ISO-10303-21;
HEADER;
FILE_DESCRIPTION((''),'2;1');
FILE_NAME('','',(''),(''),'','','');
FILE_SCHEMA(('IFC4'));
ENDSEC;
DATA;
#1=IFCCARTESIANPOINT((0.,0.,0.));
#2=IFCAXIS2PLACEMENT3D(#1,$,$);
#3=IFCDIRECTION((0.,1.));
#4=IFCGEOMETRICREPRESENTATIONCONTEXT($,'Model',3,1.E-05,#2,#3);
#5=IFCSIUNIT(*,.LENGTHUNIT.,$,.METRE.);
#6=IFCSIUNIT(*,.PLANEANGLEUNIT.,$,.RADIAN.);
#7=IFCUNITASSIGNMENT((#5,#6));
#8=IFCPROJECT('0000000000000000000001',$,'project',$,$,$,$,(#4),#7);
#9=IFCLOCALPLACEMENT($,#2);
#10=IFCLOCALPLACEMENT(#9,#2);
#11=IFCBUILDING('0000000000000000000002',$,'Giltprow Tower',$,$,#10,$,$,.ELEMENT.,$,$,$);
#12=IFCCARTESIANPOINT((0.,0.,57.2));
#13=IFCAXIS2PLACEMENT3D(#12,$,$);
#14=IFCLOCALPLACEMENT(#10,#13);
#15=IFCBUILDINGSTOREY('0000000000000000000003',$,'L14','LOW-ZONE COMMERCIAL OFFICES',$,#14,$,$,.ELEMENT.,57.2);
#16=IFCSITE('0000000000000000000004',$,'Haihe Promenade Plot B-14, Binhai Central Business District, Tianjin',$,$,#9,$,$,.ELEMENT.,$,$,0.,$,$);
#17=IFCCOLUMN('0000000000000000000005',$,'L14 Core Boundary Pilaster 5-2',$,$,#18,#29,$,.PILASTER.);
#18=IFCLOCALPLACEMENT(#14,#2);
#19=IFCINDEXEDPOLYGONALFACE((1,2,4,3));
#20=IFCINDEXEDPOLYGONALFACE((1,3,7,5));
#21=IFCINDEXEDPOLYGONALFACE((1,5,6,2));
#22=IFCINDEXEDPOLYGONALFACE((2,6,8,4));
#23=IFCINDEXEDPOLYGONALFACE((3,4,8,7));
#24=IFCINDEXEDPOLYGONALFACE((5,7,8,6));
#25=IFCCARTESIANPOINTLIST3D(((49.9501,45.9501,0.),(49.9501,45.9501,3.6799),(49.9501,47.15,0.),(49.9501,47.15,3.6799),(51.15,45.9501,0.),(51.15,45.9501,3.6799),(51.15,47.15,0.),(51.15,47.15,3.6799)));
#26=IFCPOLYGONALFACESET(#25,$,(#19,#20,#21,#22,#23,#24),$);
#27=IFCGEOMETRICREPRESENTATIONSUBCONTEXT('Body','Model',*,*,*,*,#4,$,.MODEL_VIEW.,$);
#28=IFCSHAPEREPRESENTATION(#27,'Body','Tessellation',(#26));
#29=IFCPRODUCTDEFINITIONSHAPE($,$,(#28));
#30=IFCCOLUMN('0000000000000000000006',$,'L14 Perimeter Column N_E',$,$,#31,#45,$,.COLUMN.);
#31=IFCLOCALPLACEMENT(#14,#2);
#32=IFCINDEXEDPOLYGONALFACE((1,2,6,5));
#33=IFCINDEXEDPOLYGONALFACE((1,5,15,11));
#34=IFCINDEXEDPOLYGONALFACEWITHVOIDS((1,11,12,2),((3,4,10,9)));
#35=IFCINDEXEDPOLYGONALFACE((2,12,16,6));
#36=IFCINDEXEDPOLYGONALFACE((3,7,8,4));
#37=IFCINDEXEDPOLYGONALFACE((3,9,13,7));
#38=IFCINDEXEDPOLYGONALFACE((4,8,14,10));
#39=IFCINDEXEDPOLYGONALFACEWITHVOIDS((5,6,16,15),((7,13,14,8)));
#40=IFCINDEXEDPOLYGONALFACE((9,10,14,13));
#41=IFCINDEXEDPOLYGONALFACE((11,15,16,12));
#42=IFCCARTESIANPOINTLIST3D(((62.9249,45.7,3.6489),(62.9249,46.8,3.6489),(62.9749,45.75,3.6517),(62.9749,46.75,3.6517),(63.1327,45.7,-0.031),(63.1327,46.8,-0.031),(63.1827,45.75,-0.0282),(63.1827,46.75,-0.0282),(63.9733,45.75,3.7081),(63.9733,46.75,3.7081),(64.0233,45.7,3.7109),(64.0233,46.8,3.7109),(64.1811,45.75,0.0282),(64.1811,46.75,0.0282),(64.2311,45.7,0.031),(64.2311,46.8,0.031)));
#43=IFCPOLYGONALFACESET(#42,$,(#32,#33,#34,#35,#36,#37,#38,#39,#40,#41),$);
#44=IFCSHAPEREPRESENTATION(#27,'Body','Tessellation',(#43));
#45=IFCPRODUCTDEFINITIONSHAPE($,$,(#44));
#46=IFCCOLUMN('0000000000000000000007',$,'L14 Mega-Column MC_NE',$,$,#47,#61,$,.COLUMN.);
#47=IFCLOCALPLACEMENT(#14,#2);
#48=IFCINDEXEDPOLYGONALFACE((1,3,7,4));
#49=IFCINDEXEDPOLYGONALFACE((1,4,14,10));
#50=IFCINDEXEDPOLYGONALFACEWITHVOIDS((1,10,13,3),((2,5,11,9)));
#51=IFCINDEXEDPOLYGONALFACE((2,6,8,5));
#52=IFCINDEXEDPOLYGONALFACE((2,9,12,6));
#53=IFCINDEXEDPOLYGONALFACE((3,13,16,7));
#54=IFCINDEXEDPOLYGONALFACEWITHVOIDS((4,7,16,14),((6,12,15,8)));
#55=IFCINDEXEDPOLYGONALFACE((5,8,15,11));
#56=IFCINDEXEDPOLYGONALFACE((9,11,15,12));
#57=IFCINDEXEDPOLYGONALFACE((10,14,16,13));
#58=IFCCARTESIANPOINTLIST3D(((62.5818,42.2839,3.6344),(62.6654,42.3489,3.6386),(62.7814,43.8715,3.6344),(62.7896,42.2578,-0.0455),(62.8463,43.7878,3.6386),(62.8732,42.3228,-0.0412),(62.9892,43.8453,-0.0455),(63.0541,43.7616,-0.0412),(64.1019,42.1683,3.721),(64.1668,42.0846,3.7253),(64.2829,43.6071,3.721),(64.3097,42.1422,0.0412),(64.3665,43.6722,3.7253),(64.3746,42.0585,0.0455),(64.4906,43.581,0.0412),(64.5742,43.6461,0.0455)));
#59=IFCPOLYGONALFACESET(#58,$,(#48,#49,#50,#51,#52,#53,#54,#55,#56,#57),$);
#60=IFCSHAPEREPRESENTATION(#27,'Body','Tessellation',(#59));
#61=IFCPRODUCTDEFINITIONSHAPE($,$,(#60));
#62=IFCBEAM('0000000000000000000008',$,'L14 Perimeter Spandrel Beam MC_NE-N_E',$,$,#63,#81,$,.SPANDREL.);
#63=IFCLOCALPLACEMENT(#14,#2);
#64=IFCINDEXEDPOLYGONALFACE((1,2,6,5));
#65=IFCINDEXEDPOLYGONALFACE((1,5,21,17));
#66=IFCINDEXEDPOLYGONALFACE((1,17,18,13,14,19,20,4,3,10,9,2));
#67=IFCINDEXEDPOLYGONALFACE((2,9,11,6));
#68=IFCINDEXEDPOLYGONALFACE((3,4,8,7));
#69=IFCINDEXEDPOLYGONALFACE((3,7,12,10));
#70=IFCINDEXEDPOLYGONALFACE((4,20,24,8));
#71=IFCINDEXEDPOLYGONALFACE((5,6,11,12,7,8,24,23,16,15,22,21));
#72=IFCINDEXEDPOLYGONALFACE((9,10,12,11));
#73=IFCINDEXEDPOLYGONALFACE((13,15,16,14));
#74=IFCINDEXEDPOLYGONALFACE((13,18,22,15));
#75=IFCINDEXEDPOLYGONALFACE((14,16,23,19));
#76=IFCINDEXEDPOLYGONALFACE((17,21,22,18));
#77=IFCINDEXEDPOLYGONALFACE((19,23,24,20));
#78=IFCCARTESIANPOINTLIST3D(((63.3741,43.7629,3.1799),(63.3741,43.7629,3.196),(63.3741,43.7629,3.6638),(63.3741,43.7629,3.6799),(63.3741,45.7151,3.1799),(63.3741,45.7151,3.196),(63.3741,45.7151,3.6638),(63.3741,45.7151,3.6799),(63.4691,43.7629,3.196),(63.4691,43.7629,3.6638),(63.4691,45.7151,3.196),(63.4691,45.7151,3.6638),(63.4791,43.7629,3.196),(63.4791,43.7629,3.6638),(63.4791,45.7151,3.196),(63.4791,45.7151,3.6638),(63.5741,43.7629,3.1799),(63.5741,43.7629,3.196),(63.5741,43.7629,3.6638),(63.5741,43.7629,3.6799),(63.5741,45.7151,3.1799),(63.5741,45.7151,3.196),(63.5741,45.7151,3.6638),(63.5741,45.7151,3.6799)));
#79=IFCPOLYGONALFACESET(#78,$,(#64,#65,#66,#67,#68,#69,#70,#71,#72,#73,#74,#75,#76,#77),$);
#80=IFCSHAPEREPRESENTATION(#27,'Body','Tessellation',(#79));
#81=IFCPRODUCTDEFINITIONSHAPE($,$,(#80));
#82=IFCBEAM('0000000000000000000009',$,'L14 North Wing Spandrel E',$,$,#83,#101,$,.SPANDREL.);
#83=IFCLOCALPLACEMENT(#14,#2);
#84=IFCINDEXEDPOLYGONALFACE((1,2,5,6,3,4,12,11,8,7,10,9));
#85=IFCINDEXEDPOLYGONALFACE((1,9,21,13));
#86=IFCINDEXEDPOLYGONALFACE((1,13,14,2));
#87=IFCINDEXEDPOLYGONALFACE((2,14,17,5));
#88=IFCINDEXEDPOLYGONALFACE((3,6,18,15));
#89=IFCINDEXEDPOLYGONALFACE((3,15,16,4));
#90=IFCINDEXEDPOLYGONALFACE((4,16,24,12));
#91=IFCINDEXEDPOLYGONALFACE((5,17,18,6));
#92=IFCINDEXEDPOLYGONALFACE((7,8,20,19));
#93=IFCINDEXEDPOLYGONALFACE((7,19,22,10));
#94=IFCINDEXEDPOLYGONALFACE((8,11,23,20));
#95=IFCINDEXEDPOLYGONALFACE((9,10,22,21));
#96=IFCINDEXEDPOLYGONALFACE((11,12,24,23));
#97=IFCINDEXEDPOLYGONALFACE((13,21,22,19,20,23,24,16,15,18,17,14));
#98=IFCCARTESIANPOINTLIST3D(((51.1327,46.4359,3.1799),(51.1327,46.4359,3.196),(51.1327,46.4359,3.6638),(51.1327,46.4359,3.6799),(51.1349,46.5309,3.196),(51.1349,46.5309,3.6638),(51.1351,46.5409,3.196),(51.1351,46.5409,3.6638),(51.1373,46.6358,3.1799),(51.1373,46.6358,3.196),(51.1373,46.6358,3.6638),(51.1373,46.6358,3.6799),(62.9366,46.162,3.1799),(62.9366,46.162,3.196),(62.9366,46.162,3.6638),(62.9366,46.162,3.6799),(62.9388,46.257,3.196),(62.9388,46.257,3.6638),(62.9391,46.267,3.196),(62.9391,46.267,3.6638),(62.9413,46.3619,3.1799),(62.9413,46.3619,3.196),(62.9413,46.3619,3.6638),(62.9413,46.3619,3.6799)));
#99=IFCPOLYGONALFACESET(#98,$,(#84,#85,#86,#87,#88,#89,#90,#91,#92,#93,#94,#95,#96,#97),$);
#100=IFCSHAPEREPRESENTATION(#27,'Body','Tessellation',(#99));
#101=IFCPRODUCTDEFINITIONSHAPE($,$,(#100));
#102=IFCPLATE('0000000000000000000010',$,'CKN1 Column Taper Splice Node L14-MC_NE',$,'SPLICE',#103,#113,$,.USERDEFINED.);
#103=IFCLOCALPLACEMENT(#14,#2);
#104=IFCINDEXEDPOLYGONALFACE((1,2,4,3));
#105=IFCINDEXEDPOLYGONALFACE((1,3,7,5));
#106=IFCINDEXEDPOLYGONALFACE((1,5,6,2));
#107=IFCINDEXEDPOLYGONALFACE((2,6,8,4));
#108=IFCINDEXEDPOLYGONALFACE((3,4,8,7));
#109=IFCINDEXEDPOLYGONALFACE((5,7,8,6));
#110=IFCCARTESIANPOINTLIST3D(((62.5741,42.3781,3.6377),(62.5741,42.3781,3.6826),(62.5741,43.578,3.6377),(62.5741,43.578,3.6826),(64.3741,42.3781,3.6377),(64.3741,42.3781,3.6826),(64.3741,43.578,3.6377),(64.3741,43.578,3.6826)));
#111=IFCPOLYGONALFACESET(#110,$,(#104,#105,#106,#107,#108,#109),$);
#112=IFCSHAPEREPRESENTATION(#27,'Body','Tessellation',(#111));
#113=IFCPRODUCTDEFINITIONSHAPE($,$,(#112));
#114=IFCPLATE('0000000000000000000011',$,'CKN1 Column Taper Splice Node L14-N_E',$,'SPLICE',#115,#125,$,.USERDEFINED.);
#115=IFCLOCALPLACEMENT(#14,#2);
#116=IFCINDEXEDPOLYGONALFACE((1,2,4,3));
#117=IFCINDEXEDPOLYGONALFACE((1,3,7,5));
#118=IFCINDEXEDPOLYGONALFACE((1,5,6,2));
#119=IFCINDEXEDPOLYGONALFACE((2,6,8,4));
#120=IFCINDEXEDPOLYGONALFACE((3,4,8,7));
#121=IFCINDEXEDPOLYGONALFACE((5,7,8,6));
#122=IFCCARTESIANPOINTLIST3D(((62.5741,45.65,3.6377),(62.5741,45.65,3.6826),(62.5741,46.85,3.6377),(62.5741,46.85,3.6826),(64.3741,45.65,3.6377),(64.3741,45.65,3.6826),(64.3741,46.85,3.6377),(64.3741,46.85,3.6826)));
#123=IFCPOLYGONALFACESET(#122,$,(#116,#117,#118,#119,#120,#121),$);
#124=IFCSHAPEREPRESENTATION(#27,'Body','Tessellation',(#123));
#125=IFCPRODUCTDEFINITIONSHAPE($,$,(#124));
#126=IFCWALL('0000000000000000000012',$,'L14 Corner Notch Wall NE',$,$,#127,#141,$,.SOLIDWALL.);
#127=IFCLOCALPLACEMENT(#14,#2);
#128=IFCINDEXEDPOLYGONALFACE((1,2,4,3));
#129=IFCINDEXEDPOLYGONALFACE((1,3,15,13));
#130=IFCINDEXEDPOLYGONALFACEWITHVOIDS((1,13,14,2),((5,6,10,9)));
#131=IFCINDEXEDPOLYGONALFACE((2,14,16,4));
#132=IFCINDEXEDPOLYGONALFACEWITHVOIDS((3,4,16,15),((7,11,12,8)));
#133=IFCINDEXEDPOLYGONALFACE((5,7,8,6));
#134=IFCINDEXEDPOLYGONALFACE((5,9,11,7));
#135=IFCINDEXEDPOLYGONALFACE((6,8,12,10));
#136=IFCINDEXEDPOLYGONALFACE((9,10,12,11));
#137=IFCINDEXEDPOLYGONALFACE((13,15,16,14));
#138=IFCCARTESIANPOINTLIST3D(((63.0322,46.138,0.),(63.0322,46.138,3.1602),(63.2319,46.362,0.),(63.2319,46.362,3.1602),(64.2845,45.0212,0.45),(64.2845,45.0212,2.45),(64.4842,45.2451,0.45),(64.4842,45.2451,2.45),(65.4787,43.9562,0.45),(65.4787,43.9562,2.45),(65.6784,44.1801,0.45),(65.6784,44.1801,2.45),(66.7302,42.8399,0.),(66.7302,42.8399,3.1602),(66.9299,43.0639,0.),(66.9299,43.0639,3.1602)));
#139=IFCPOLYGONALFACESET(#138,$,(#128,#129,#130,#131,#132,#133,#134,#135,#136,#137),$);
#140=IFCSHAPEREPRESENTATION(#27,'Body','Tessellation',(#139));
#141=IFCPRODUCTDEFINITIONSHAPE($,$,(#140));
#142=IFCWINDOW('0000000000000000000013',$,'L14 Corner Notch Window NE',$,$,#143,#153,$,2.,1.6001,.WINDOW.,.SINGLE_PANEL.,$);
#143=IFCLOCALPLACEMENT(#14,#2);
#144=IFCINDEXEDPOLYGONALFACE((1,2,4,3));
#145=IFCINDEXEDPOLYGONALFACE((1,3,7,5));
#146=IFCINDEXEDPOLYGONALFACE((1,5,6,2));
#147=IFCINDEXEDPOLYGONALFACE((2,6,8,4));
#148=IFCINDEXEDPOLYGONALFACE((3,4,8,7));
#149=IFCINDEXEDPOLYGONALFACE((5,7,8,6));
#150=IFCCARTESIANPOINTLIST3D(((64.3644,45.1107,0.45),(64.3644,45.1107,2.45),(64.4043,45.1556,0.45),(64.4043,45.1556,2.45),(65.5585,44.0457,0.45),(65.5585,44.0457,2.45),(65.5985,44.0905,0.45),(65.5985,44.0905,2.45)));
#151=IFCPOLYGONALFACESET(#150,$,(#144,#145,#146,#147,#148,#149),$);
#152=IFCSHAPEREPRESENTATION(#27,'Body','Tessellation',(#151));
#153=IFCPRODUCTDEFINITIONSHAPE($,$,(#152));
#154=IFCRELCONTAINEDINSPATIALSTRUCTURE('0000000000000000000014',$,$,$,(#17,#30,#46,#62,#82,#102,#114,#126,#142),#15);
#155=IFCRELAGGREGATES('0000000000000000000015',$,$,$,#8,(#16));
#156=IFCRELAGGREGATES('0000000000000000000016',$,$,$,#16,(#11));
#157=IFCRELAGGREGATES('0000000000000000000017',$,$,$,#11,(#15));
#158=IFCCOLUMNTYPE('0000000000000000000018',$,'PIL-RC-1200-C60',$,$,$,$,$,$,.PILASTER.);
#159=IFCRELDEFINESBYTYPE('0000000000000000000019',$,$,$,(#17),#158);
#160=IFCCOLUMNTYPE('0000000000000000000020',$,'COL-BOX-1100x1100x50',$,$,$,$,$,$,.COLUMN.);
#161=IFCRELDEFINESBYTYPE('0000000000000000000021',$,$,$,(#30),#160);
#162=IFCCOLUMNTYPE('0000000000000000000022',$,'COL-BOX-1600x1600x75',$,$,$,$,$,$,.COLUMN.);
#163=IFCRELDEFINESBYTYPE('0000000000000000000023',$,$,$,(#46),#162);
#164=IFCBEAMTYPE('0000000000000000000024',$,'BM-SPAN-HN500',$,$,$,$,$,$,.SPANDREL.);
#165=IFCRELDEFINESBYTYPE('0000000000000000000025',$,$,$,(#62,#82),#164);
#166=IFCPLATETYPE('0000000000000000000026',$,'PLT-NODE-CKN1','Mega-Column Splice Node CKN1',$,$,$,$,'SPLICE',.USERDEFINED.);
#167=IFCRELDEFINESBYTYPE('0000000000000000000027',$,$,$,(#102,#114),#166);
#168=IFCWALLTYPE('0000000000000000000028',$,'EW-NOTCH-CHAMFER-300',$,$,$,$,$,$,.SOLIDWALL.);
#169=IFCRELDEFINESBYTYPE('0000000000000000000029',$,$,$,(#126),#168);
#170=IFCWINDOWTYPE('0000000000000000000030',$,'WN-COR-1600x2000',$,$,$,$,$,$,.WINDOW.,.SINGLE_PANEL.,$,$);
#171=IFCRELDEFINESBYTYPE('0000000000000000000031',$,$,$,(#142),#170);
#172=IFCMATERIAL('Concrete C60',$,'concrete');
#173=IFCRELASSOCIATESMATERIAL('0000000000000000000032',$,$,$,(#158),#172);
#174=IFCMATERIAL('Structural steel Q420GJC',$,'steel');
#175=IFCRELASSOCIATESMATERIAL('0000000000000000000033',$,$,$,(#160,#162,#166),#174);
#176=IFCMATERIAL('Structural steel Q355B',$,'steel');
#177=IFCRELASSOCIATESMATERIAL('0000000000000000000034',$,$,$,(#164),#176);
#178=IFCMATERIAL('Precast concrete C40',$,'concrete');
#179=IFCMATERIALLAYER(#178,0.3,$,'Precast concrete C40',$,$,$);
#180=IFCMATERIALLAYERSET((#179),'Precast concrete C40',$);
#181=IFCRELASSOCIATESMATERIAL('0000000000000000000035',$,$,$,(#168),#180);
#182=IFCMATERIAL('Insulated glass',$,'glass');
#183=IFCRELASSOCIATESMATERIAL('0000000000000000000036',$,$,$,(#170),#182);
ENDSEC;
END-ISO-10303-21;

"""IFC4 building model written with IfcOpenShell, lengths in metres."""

from ifc_helpers import new_model, si_unit, direction, frame, frame_2d, origin, origin_2d, place, context, subcontext, project, spatial, rectangle, hollow_rectangle, i_section, extrude, source, transform, mapped, material, layer, layer_set, material_profile, profile_set, type_object, element, fill, save


model = new_model("IFC4")

# Units and contexts
model_context = context("Model", 3, precision=1e-05, world=origin(), true_north=direction((0.0, 1.0)))
body_context = subcontext(model_context, "Body", "Model", "MODEL_VIEW")
ifc_project = project(units=[si_unit("LENGTHUNIT", "METRE"), si_unit("PLANEANGLEUNIT", "RADIAN")], contexts=[model_context])

# Site, building, storey
site_placement = place(None, origin())
site = spatial("IfcSite", under=ifc_project, at=site_placement, Name="Haihe Promenade Plot B-14, Binhai Central Business District, Tianjin", CompositionType="ELEMENT", RefElevation=0.0)
building_placement = place(site_placement, origin())
building = spatial("IfcBuilding", under=site, at=building_placement, Name="Giltprow Tower", CompositionType="ELEMENT")
storey_placement = place(building_placement, frame((0.0, 0.0, 57.2)))
storey = spatial("IfcBuildingStorey", under=building, at=storey_placement, Name="L14", Description="LOW-ZONE COMMERCIAL OFFICES", CompositionType="ELEMENT", Elevation=57.2)

# Columns
ifc_material_1 = material(Name="Concrete C60", Category="concrete")
ifc_material_profile_1 = material_profile(ifc_material_1, rectangle(XDim=1.2, YDim=1.2, at=origin_2d()), Name="RC 1200x1200")
ifc_profile_set_1 = profile_set([ifc_material_profile_1], Name="Concrete C60")
column_type_1 = type_object("IfcColumnType", Name="PIL-RC-1200-C60", PredefinedType="PILASTER", material=ifc_profile_set_1)
shared_shape_1 = source(origin(), body_context, "Body", "SweptSolid", [
    extrude(rectangle(XDim=1.2, YDim=1.2, at=origin_2d()), origin(), (0.0, 0.0, 1.0), 3.6799),
])
column_1_placement = place(storey_placement, frame((50.55, 46.55, 0.0), z_axis=(0.0, 0.0, 1.0), x_axis=(1.0, 0.0, 0.0)))
element("IfcColumn", 1, at=column_1_placement, inside=storey, type_object=column_type_1, Name="L14 Core Boundary Pilaster 5-2", PredefinedType="PILASTER", context=body_context, shape_type="MappedRepresentation", body=[
    mapped(shared_shape_1, transform((0.0, 0.0, 0.0), x_axis=(1.0, 0.0, 0.0), y_axis=(0.0, 1.0, 0.0), z_axis=(0.0, 0.0, 1.0), scale=1.0)),
])
ifc_material_2 = material(Name="Structural steel Q420GJC", Category="steel")
ifc_material_profile_2 = material_profile(ifc_material_2, hollow_rectangle(XDim=1.1001, YDim=1.1001, WallThickness=0.05, at=origin_2d()), Name="BOX 1100x1100x50")
ifc_profile_set_2 = profile_set([ifc_material_profile_2], Name="Structural steel Q420GJC")
column_type_2 = type_object("IfcColumnType", Name="COL-BOX-1100x1100x50", PredefinedType="COLUMN", material=ifc_profile_set_2)
shared_shape_2 = source(origin(), body_context, "Body", "SweptSolid", [
    extrude(hollow_rectangle(XDim=1.1001, YDim=1.1001, WallThickness=0.05, at=origin_2d()), origin(), (0.0, 0.0, 1.0), 3.6858),
])
column_2_placement = place(storey_placement, frame((63.6819, 46.25, 0.0), z_axis=(-0.056369, 0.0, 0.99841), x_axis=(0.0, -1.0, 0.0)))
element("IfcColumn", 2, at=column_2_placement, inside=storey, type_object=column_type_2, Name="L14 Perimeter Column N_E", PredefinedType="COLUMN", context=body_context, shape_type="MappedRepresentation", body=[
    mapped(shared_shape_2, transform((0.0, 0.0, 0.0), x_axis=(1.0, 0.0, 0.0), y_axis=(0.0, 1.0, 0.0), z_axis=(0.0, 0.0, 1.0), scale=1.0)),
])
ifc_material_profile_3 = material_profile(ifc_material_2, hollow_rectangle(XDim=1.6001, YDim=1.6001, WallThickness=0.075, at=origin_2d()), Name="BOX 1600x1600x75")
ifc_profile_set_3 = profile_set([ifc_material_profile_3], Name="Structural steel Q420GJC")
column_type_3 = type_object("IfcColumnType", Name="COL-BOX-1600x1600x75", PredefinedType="COLUMN", material=ifc_profile_set_3)
shared_shape_3 = source(origin(), body_context, "Body", "SweptSolid", [
    extrude(hollow_rectangle(XDim=1.6001, YDim=1.6001, WallThickness=0.075, at=origin_2d()), origin(), (0.0, 0.0, 1.0), 3.6858),
])
column_3_placement = place(storey_placement, frame((63.6819, 42.9519, 0.0), z_axis=(-0.056367, 0.007087, 0.998385), x_axis=(-0.124752, -0.992188, 0.0)))
element("IfcColumn", 3, at=column_3_placement, inside=storey, type_object=column_type_3, Name="L14 Mega-Column MC_NE", PredefinedType="COLUMN", context=body_context, shape_type="MappedRepresentation", body=[
    mapped(shared_shape_3, transform((0.0, 0.0, 0.0), x_axis=(1.0, 0.0, 0.0), y_axis=(0.0, 1.0, 0.0), z_axis=(0.0, 0.0, 1.0), scale=1.0)),
])

# Beams
ifc_material_3 = material(Name="Structural steel Q355B", Category="steel")
ifc_material_profile_4 = material_profile(ifc_material_3, i_section(OverallWidth=0.2, OverallDepth=0.5, WebThickness=0.01, FlangeThickness=0.0161, at=origin_2d()), Name="HN 500x200x10x16")
ifc_profile_set_4 = profile_set([ifc_material_profile_4], Name="Structural steel Q355B")
beam_type = type_object("IfcBeamType", Name="BM-SPAN-HN500", PredefinedType="SPANDREL", material=ifc_profile_set_4)
shared_shape_4 = source(origin(), body_context, "Body", "SweptSolid", [
    extrude(i_section(OverallWidth=0.2, OverallDepth=0.5, WebThickness=0.01, FlangeThickness=0.0161, at=origin_2d()), origin(), (0.0, 0.0, 1.0), 1.9521),
])
beam_1_placement = place(storey_placement, frame((63.4741, 43.7629, 3.4299), z_axis=(0.0, 1.0, 0.0), x_axis=(-1.0, 0.0, 0.0)))
element("IfcBeam", 4, at=beam_1_placement, inside=storey, type_object=beam_type, Name="L14 Perimeter Spandrel Beam MC_NE-N_E", PredefinedType="SPANDREL", context=body_context, shape_type="MappedRepresentation", body=[
    mapped(shared_shape_4, transform((0.0, 0.0, 0.0), x_axis=(1.0, 0.0, 0.0), y_axis=(0.0, 1.0, 0.0), z_axis=(0.0, 0.0, 1.0), scale=1.0)),
])
shared_shape_5 = source(origin(), body_context, "Body", "SweptSolid", [
    extrude(i_section(OverallWidth=0.2, OverallDepth=0.5, WebThickness=0.01, FlangeThickness=0.0161, at=origin_2d()), origin(), (0.0, 0.0, 1.0), 11.8071),
])
beam_2_placement = place(storey_placement, frame((51.135, 46.5359, 3.4299), z_axis=(0.999731, -0.0232, 0.0), x_axis=(0.0232, 0.999731, 0.0)))
element("IfcBeam", 5, at=beam_2_placement, inside=storey, type_object=beam_type, Name="L14 North Wing Spandrel E", PredefinedType="SPANDREL", context=body_context, shape_type="MappedRepresentation", body=[
    mapped(shared_shape_5, transform((0.0, 0.0, 0.0), x_axis=(1.0, 0.0, 0.0), y_axis=(0.0, 1.0, 0.0), z_axis=(0.0, 0.0, 1.0), scale=1.0)),
])

# Plates
plate_type = type_object("IfcPlateType", Name="PLT-NODE-CKN1", Description="Mega-Column Splice Node CKN1", ElementType="SPLICE", PredefinedType="USERDEFINED", material=ifc_material_2)
shared_shape_6 = source(origin(), body_context, "Body", "SweptSolid", [
    extrude(rectangle(XDim=1.8, YDim=1.2, at=origin_2d()), origin(), (0.0, 0.0, 1.0), 0.0449),
])
for number, where, z_axis, x_axis, name in (
    (6, (63.4741, 42.978, 3.6377), (0.0, 0.0, 1.0), (1.0, 0.0, 0.0), "CKN1 Column Taper Splice Node L14-MC_NE"),
    (7, (63.4741, 46.25, 3.6377), (0.0, 0.0, 1.0), (1.0, 0.0, 0.0), "CKN1 Column Taper Splice Node L14-N_E"),
):
    element("IfcPlate", number, at=place(storey_placement, frame(where, z_axis=z_axis, x_axis=x_axis)), inside=storey, type_object=plate_type, Name=name, ObjectType="SPLICE", PredefinedType="USERDEFINED", context=body_context, shape_type="MappedRepresentation", body=[
        mapped(shared_shape_6, transform((0.0, 0.0, 0.0), x_axis=(1.0, 0.0, 0.0), y_axis=(0.0, 1.0, 0.0), z_axis=(0.0, 0.0, 1.0), scale=1.0)),
    ])

# Wall, opening, window
ifc_material_4 = material(Name="Precast concrete C40", Category="concrete")
ifc_layer_1 = layer(ifc_material_4, 0.3, Name="Precast concrete C40")
ifc_layer_set_1 = layer_set([ifc_layer_1], Name="Precast concrete C40")
wall_type_1 = type_object("IfcWallType", Name="EW-NOTCH-CHAMFER-300", PredefinedType="SOLIDWALL", material=ifc_layer_set_1)
wall_1_placement = place(storey_placement, frame((66.8301, 42.9519, 0.0), z_axis=(0.0, 0.0, 1.0), x_axis=(-0.746307, 0.665601, 0.0)))
wall_1 = element("IfcWall", 8, at=wall_1_placement, inside=storey, type_object=wall_type_1, Name="L14 Corner Notch Wall NE", PredefinedType="SOLIDWALL", context=body_context, shape_type="SweptSolid", body=[
    extrude(rectangle(XDim=4.9551, YDim=0.3, at=frame_2d((2.4775, 0.0))), origin(), (0.0, 0.0, 1.0), 3.1602),
])
opening_1_placement = place(wall_1_placement, frame((1.677, 0.0, 0.45)))
opening_1 = element("IfcOpeningElement", 9, at=opening_1_placement, cuts=wall_1, PredefinedType="OPENING", context=body_context, shape_type="SweptSolid", body=[
    extrude(rectangle(XDim=1.6001, YDim=2.0, at=frame_2d((0.8, 1.0))), frame((0.0, 0.1599, 0.0), z_axis=(0.0, -1.0, 0.0), x_axis=(1.0, 0.0, 0.0)), (0.0, 0.0, 1.0), 0.3201),
])
ifc_material_5 = material(Name="Insulated glass", Category="glass")
window_type = type_object("IfcWindowType", Name="WN-COR-1600x2000", PartitioningType="SINGLE_PANEL", PredefinedType="WINDOW", material=ifc_material_5)
shared_shape_7 = source(origin(), body_context, "Body", "SweptSolid", [
    extrude(rectangle(XDim=1.6001, YDim=2.0, at=frame_2d((0.8, 1.0))), frame((0.0, 0.03, 0.0), z_axis=(0.0, -1.0, 0.0), x_axis=(1.0, 0.0, 0.0)), (0.0, 0.0, 1.0), 0.0601),
])
window_1_placement = place(opening_1_placement, origin())
window_1 = element("IfcWindow", 10, at=window_1_placement, inside=storey, type_object=window_type, Name="L14 Corner Notch Window NE", OverallHeight=2.0, OverallWidth=1.6001, PartitioningType="SINGLE_PANEL", PredefinedType="WINDOW", context=body_context, shape_type="MappedRepresentation", body=[
    mapped(shared_shape_7, transform((0.0, 0.0, 0.0), x_axis=(1.0, 0.0, 0.0), y_axis=(0.0, 1.0, 0.0), z_axis=(0.0, 0.0, 1.0), scale=1.0)),
])
fill(opening_1, window_1)

save(model, "model.ifc")
